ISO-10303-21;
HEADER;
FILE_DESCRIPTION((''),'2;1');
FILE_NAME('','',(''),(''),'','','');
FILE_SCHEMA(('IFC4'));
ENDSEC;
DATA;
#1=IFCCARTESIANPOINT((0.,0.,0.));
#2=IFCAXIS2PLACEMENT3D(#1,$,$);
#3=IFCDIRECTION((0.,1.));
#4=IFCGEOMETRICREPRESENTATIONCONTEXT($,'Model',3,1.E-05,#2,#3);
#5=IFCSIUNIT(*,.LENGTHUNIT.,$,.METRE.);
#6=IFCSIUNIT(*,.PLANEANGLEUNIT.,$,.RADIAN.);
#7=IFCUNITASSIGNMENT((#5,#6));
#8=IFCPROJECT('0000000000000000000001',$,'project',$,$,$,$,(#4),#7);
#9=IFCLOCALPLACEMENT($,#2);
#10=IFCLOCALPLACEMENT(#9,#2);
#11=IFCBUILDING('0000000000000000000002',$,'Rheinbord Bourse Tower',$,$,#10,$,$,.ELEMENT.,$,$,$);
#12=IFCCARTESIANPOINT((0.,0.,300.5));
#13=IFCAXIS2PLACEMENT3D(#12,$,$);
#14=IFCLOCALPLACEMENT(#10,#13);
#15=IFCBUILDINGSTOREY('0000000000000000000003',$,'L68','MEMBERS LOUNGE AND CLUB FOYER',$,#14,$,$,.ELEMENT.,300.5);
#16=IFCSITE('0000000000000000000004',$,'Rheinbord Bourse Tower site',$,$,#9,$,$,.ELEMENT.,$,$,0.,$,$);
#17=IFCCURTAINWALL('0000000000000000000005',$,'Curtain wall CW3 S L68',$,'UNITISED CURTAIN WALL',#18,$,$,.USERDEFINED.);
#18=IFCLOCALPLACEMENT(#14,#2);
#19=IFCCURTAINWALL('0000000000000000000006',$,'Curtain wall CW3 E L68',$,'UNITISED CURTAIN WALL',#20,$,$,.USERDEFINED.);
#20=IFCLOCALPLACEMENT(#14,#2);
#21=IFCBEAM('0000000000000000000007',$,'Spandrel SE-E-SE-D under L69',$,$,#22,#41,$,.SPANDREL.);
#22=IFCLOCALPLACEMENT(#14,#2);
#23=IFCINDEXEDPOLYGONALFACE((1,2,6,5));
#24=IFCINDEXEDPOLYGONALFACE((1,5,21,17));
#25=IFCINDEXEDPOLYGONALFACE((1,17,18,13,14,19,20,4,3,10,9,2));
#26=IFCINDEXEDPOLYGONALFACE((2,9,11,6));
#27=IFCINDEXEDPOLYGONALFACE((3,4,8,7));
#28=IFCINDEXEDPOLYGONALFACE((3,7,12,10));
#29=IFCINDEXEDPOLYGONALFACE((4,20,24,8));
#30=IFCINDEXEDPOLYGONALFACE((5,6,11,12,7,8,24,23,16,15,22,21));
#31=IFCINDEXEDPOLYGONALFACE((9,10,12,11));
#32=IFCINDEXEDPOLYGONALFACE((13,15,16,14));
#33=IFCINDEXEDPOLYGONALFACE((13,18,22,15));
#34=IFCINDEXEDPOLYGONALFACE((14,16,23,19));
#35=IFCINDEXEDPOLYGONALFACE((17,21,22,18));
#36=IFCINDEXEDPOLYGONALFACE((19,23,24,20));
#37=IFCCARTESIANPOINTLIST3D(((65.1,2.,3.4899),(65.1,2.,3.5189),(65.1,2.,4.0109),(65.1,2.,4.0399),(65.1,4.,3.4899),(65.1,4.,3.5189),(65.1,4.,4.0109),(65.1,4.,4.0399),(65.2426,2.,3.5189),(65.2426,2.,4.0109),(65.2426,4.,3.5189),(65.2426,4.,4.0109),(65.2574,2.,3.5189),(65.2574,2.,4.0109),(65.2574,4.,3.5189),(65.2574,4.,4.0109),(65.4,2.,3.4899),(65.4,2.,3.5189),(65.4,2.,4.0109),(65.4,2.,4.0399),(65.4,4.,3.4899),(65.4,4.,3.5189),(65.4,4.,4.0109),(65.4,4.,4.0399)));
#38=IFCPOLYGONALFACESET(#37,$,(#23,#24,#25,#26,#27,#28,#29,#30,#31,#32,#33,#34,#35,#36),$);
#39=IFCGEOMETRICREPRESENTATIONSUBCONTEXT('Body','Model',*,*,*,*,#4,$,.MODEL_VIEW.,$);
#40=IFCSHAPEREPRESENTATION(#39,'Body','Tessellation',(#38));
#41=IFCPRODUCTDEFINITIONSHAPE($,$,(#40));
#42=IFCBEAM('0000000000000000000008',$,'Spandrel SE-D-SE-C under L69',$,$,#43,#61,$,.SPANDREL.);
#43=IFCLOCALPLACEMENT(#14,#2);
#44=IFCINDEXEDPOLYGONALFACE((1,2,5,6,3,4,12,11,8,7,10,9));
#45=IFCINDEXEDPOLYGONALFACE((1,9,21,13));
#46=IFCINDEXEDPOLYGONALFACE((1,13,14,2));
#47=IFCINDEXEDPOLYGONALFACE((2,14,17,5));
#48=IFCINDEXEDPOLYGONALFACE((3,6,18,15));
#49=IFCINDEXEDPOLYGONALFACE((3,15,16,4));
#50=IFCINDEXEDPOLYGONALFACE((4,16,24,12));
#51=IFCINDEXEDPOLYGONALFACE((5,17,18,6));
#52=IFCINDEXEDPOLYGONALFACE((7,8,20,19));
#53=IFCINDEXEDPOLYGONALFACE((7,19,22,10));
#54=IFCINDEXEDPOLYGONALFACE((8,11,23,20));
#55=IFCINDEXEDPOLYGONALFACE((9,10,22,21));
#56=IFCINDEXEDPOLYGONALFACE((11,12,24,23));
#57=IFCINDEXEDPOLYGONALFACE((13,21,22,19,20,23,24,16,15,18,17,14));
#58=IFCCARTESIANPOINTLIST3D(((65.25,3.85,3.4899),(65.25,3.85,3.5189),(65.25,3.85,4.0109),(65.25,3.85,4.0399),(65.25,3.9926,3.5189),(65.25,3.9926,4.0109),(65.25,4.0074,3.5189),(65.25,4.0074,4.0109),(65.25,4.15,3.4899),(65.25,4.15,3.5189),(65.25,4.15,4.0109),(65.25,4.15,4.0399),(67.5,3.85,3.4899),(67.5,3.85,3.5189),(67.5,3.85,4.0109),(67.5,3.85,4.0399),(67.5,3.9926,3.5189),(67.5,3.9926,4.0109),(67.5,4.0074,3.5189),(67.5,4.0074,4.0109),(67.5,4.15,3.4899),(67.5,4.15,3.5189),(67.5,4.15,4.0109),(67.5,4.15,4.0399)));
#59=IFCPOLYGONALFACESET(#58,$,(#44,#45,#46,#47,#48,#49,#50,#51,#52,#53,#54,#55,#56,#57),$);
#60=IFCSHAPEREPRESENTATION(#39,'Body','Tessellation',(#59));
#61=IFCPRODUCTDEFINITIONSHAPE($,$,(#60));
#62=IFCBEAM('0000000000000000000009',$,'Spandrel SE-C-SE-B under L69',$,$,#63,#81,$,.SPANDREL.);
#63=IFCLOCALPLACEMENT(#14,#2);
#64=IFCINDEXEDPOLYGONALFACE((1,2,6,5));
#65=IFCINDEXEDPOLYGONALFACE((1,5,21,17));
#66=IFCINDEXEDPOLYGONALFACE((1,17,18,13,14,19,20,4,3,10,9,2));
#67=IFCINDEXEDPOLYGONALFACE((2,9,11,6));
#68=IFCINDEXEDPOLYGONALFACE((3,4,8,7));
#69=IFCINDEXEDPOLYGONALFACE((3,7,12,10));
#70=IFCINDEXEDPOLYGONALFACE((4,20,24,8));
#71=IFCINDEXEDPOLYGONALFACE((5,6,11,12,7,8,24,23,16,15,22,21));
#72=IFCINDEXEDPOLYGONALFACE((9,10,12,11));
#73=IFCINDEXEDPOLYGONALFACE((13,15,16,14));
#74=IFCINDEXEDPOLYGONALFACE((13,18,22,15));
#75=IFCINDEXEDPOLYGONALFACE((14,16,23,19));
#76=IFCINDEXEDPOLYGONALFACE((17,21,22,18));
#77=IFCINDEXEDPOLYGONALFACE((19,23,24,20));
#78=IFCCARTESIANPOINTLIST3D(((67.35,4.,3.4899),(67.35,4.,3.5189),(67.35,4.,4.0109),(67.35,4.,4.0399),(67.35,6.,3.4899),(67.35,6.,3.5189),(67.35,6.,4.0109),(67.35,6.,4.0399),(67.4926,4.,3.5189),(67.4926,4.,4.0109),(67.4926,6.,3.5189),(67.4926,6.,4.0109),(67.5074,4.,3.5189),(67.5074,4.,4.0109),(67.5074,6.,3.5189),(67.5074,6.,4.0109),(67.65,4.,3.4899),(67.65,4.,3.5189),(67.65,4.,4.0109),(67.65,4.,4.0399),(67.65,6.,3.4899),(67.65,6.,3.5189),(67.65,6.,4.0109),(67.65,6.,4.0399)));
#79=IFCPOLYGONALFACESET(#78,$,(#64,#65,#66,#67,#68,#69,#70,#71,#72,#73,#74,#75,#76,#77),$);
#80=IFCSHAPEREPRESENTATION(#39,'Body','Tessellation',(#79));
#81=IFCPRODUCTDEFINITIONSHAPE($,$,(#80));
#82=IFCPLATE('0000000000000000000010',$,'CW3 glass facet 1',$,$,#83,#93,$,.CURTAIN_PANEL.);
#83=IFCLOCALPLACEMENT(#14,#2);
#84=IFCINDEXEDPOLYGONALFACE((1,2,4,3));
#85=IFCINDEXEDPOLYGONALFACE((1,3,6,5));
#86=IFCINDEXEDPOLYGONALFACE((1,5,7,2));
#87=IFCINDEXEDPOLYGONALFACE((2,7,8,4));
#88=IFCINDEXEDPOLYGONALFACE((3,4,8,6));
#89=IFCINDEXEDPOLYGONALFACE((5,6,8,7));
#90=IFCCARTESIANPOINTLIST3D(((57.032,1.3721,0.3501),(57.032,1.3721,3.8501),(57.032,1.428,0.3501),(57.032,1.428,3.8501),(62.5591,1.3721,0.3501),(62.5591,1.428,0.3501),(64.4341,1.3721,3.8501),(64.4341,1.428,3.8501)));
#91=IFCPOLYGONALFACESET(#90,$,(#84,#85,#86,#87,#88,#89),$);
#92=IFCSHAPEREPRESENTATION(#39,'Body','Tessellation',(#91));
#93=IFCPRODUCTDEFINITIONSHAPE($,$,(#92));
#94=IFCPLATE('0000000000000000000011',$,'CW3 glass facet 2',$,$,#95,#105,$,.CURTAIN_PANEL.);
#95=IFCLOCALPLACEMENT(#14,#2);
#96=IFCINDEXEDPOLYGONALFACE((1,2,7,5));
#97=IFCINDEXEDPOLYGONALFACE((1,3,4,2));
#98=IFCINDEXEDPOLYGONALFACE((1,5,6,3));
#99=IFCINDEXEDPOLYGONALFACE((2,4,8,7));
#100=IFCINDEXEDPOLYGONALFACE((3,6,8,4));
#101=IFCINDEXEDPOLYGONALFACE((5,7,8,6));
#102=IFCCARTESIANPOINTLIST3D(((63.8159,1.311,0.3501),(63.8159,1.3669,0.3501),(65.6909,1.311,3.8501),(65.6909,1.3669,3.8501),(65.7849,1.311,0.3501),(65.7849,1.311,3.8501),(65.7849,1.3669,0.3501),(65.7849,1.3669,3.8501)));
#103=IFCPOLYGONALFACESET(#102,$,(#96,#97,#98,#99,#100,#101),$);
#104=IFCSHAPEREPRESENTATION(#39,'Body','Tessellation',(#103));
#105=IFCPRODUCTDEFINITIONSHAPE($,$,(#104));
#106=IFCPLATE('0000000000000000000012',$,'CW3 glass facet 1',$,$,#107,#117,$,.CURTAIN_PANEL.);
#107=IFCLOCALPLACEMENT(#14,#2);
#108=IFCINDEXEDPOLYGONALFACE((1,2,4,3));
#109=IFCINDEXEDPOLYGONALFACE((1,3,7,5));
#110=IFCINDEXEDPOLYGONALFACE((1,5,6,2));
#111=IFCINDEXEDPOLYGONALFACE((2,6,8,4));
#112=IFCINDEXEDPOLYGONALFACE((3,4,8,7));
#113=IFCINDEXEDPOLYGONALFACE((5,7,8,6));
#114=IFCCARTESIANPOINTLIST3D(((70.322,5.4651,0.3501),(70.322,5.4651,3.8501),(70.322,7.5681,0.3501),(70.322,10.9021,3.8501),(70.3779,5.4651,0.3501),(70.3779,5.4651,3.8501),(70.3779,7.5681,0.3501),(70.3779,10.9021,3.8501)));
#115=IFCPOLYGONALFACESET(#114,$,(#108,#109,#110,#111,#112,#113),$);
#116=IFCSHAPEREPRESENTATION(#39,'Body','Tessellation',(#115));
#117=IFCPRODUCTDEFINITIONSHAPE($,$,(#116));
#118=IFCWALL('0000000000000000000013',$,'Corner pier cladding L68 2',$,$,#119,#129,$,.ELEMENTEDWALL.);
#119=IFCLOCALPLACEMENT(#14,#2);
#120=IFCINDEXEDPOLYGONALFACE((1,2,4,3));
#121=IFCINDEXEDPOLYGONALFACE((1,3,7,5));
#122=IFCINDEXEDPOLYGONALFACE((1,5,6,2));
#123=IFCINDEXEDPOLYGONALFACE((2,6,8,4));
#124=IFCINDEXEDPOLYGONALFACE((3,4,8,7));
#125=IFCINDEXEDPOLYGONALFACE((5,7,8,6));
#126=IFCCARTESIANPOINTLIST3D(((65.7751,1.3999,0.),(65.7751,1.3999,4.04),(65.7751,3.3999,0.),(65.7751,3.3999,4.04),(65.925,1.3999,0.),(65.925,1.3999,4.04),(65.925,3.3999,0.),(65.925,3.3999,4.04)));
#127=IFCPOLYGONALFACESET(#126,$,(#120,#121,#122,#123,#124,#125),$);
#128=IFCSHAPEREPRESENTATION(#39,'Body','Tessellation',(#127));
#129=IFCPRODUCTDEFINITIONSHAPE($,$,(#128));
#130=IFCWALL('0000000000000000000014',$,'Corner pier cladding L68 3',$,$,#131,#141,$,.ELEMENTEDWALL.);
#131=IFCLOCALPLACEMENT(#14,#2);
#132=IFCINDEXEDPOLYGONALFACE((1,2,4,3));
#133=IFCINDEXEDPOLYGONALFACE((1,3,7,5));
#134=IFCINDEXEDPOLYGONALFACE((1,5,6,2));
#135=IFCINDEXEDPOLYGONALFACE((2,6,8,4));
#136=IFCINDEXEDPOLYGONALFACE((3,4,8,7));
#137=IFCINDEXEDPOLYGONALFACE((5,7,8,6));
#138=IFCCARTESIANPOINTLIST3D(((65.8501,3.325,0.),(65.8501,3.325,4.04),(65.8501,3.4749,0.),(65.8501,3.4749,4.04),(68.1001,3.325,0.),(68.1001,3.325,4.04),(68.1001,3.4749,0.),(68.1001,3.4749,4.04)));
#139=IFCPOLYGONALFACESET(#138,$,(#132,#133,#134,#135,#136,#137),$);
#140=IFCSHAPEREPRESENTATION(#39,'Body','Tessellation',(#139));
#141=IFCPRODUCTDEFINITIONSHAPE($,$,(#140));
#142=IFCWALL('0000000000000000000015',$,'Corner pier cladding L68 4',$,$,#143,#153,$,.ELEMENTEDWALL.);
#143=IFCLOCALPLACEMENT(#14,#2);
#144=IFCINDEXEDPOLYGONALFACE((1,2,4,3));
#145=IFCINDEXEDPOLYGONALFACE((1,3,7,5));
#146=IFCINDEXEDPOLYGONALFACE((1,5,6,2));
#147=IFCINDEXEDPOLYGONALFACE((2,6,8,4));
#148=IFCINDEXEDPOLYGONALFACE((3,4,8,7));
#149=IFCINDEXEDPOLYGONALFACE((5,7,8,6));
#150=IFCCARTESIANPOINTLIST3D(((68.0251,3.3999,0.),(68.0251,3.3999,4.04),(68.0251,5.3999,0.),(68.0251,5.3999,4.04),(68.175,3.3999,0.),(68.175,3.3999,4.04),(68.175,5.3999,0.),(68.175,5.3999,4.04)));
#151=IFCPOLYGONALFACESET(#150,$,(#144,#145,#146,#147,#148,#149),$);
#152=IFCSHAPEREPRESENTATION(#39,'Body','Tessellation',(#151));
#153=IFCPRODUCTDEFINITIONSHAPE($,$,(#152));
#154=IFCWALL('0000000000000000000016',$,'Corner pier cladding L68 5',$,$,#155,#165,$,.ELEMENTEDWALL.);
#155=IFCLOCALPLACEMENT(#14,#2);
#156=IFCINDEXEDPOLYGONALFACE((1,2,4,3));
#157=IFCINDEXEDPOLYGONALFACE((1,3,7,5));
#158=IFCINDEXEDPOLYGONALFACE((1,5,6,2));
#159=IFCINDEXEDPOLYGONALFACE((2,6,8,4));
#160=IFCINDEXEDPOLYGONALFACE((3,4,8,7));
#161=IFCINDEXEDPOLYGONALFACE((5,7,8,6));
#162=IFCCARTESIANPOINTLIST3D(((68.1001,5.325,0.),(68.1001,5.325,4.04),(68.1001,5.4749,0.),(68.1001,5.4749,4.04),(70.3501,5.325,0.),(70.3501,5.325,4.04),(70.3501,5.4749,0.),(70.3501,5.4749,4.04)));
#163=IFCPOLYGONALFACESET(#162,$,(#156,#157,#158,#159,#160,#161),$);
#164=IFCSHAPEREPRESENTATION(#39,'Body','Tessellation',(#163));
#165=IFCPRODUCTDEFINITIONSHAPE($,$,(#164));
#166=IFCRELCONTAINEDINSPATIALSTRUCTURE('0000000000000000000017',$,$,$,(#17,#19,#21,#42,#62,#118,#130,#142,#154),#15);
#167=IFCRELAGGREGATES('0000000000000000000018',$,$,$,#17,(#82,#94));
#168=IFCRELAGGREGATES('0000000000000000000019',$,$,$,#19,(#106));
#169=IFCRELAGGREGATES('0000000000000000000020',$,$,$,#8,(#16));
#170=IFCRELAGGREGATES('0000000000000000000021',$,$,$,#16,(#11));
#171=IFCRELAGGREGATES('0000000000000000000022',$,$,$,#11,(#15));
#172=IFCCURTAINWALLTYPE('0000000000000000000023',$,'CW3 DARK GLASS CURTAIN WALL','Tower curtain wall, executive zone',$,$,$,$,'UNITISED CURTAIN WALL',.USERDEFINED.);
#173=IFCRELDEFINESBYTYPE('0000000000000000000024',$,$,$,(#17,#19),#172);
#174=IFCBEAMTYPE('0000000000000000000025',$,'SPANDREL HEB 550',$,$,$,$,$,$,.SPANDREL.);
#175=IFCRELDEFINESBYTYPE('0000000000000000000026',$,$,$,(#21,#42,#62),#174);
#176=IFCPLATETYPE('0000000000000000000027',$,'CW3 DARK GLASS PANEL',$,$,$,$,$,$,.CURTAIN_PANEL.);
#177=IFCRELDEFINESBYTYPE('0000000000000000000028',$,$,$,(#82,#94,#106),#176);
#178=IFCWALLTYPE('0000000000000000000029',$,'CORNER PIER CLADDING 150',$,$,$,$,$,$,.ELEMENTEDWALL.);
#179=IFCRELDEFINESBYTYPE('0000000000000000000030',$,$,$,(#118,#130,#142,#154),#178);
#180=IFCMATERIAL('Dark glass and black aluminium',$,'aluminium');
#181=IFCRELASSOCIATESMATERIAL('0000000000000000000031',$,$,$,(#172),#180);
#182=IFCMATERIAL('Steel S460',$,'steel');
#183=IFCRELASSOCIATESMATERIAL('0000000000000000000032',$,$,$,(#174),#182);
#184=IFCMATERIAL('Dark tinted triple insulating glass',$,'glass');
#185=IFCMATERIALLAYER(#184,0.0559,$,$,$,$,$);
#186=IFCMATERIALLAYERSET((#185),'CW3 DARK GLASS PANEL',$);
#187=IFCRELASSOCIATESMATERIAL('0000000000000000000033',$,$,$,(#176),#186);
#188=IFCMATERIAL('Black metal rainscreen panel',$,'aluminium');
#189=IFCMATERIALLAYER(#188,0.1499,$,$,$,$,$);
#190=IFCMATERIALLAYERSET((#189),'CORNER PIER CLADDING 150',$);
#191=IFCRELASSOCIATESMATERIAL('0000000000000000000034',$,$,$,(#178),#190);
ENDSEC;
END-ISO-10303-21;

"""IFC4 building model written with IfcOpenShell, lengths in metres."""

from ifc_helpers import new_model, si_unit, direction, frame, frame_2d, origin, origin_2d, place, context, subcontext, project, spatial, polyline, rectangle, i_section, outline, extrude, material, layer, layer_set, material_profile, profile_set, type_object, element, aggregate, save


model = new_model("IFC4")

# Units and contexts
model_context = context("Model", 3, precision=1e-05, world=origin(), true_north=direction((0.0, 1.0)))
body_context = subcontext(model_context, "Body", "Model", "MODEL_VIEW")
ifc_project = project(units=[si_unit("LENGTHUNIT", "METRE"), si_unit("PLANEANGLEUNIT", "RADIAN")], contexts=[model_context])

# Site, building, storey
site_placement = place(None, origin())
site = spatial("IfcSite", under=ifc_project, at=site_placement, Name="Rheinbord Bourse Tower site", CompositionType="ELEMENT", RefElevation=0.0)
building_placement = place(site_placement, origin())
building = spatial("IfcBuilding", under=site, at=building_placement, Name="Rheinbord Bourse Tower", CompositionType="ELEMENT")
storey_placement = place(building_placement, frame((0.0, 0.0, 300.5)))
storey = spatial("IfcBuildingStorey", under=building, at=storey_placement, Name="L68", Description="MEMBERS LOUNGE AND CLUB FOYER", CompositionType="ELEMENT", Elevation=300.5)

# Curtain wall
ifc_material_1 = material(Name="Dark glass and black aluminium", Category="aluminium")
curtain_wall_type = type_object("IfcCurtainWallType", Name="CW3 DARK GLASS CURTAIN WALL", Description="Tower curtain wall, executive zone", ElementType="UNITISED CURTAIN WALL", PredefinedType="USERDEFINED", material=ifc_material_1)
curtain_wall_1_placement = place(storey_placement, origin())
curtain_wall_1 = element("IfcCurtainWall", 1, at=curtain_wall_1_placement, inside=storey, type_object=curtain_wall_type, Name="Curtain wall CW3 S L68", ObjectType="UNITISED CURTAIN WALL", PredefinedType="USERDEFINED")

# Curtain wall
curtain_wall_2_placement = place(storey_placement, origin())
curtain_wall_2 = element("IfcCurtainWall", 2, at=curtain_wall_2_placement, inside=storey, type_object=curtain_wall_type, Name="Curtain wall CW3 E L68", ObjectType="UNITISED CURTAIN WALL", PredefinedType="USERDEFINED")

# Beams
ifc_material_2 = material(Name="Steel S460", Category="steel")
ifc_material_profile_1 = material_profile(ifc_material_2, i_section(OverallWidth=0.3, OverallDepth=0.55, WebThickness=0.0149, FlangeThickness=0.0291, at=origin_2d()), Name="HEB 550")
ifc_profile_set_1 = profile_set([ifc_material_profile_1], Name="Steel S460")
beam_type_1 = type_object("IfcBeamType", Name="SPANDREL HEB 550", PredefinedType="SPANDREL", material=ifc_profile_set_1)
beam_1_placement = place(storey_placement, frame((65.25, 2.0, 3.7649), z_axis=(0.0, 1.0, 0.0), x_axis=(-1.0, 0.0, 0.0)))
element("IfcBeam", 3, at=beam_1_placement, inside=storey, type_object=beam_type_1, Name="Spandrel SE-E-SE-D under L69", PredefinedType="SPANDREL", context=body_context, shape_type="SweptSolid", body=[
    extrude(i_section(OverallWidth=0.3, OverallDepth=0.55, WebThickness=0.0149, FlangeThickness=0.0291, at=origin_2d()), origin(), (0.0, 0.0, 1.0), 2.0),
])
beam_2_placement = place(storey_placement, frame((65.25, 4.0, 3.7649), z_axis=(1.0, 0.0, 0.0), x_axis=(0.0, 1.0, 0.0)))
element("IfcBeam", 4, at=beam_2_placement, inside=storey, type_object=beam_type_1, Name="Spandrel SE-D-SE-C under L69", PredefinedType="SPANDREL", context=body_context, shape_type="SweptSolid", body=[
    extrude(i_section(OverallWidth=0.3, OverallDepth=0.55, WebThickness=0.0149, FlangeThickness=0.0291, at=origin_2d()), origin(), (0.0, 0.0, 1.0), 2.25),
])
beam_3_placement = place(storey_placement, frame((67.5, 4.0, 3.7649), z_axis=(0.0, 1.0, 0.0), x_axis=(-1.0, 0.0, 0.0)))
element("IfcBeam", 5, at=beam_3_placement, inside=storey, type_object=beam_type_1, Name="Spandrel SE-C-SE-B under L69", PredefinedType="SPANDREL", context=body_context, shape_type="SweptSolid", body=[
    extrude(i_section(OverallWidth=0.3, OverallDepth=0.55, WebThickness=0.0149, FlangeThickness=0.0291, at=origin_2d()), origin(), (0.0, 0.0, 1.0), 2.0),
])

# Plates
ifc_material_3 = material(Name="Dark tinted triple insulating glass", Category="glass")
ifc_layer_1 = layer(ifc_material_3, 0.0559)
ifc_layer_set_1 = layer_set([ifc_layer_1], Name="CW3 DARK GLASS PANEL")
plate_type = type_object("IfcPlateType", Name="CW3 DARK GLASS PANEL", PredefinedType="CURTAIN_PANEL", material=ifc_layer_set_1)
plate_1_placement = place(storey_placement, frame((57.032, 1.3721, 0.3501), z_axis=(0.0, 1.0, 0.0), x_axis=(0.0, 0.0, 1.0)))
plate_1 = element("IfcPlate", 6, at=plate_1_placement, type_object=plate_type, Name="CW3 glass facet 1", PredefinedType="CURTAIN_PANEL", context=body_context, shape_type="SweptSolid", body=[
    extrude(outline(polyline([(0.0, 0.0), (3.5, 0.0), (3.5, 7.4021), (0.0, 5.5271), (0.0, 0.0)])), origin(), (0.0, 0.0, 1.0), 0.0559),
])
plate_2_placement = place(storey_placement, frame((65.7849, 1.311, 3.8501), z_axis=(0.0, 1.0, 0.0), x_axis=(0.0, 0.0, -1.0)))
plate_2 = element("IfcPlate", 7, at=plate_2_placement, type_object=plate_type, Name="CW3 glass facet 2", PredefinedType="CURTAIN_PANEL", context=body_context, shape_type="SweptSolid", body=[
    extrude(outline(polyline([(0.0, 0.0), (3.5, 0.0), (3.5, 1.969), (0.0, 0.094), (0.0, 0.0)])), origin(), (0.0, 0.0, 1.0), 0.0559),
])
aggregate(curtain_wall_1, [plate_1, plate_2])
plate_3_placement = place(storey_placement, frame((70.3779, 5.4651, 0.3501), z_axis=(-1.0, 0.0, 0.0), x_axis=(0.0, 0.0, 1.0)))
plate_3 = element("IfcPlate", 8, at=plate_3_placement, type_object=plate_type, Name="CW3 glass facet 1", PredefinedType="CURTAIN_PANEL", context=body_context, shape_type="SweptSolid", body=[
    extrude(outline(polyline([(0.0, 0.0), (3.5, 0.0), (3.5, 5.437), (0.0, 2.103), (0.0, 0.0)])), origin(), (0.0, 0.0, 1.0), 0.0559),
])
aggregate(curtain_wall_2, [plate_3])

# Walls
ifc_material_4 = material(Name="Black metal rainscreen panel", Category="aluminium")
ifc_layer_2 = layer(ifc_material_4, 0.1499)
ifc_layer_set_2 = layer_set([ifc_layer_2], Name="CORNER PIER CLADDING 150")
wall_type = type_object("IfcWallType", Name="CORNER PIER CLADDING 150", PredefinedType="ELEMENTEDWALL", material=ifc_layer_set_2)
wall_1_placement = place(storey_placement, frame((65.8501, 1.3999, 0.0), z_axis=(0.0, 0.0, 1.0), x_axis=(0.0, 1.0, 0.0)))
element("IfcWall", 9, at=wall_1_placement, inside=storey, type_object=wall_type, Name="Corner pier cladding L68 2", PredefinedType="ELEMENTEDWALL", context=body_context, shape_type="SweptSolid", body=[
    extrude(rectangle(XDim=2.0, YDim=0.1499, at=frame_2d((1.0, 0.0))), origin(), (0.0, 0.0, 1.0), 4.04),
])
wall_2_placement = place(storey_placement, frame((65.8501, 3.3999, 0.0), z_axis=(0.0, 0.0, 1.0), x_axis=(1.0, 0.0, 0.0)))
element("IfcWall", 10, at=wall_2_placement, inside=storey, type_object=wall_type, Name="Corner pier cladding L68 3", PredefinedType="ELEMENTEDWALL", context=body_context, shape_type="SweptSolid", body=[
    extrude(rectangle(XDim=2.25, YDim=0.1499, at=frame_2d((1.125, 0.0))), origin(), (0.0, 0.0, 1.0), 4.04),
])
wall_3_placement = place(storey_placement, frame((68.1001, 3.3999, 0.0), z_axis=(0.0, 0.0, 1.0), x_axis=(0.0, 1.0, 0.0)))
element("IfcWall", 11, at=wall_3_placement, inside=storey, type_object=wall_type, Name="Corner pier cladding L68 4", PredefinedType="ELEMENTEDWALL", context=body_context, shape_type="SweptSolid", body=[
    extrude(rectangle(XDim=2.0, YDim=0.1499, at=frame_2d((1.0, 0.0))), origin(), (0.0, 0.0, 1.0), 4.04),
])
wall_4_placement = place(storey_placement, frame((68.1001, 5.3999, 0.0), z_axis=(0.0, 0.0, 1.0), x_axis=(1.0, 0.0, 0.0)))
element("IfcWall", 12, at=wall_4_placement, inside=storey, type_object=wall_type, Name="Corner pier cladding L68 5", PredefinedType="ELEMENTEDWALL", context=body_context, shape_type="SweptSolid", body=[
    extrude(rectangle(XDim=2.25, YDim=0.1499, at=frame_2d((1.125, 0.0))), origin(), (0.0, 0.0, 1.0), 4.04),
])

save(model, "model.ifc")
